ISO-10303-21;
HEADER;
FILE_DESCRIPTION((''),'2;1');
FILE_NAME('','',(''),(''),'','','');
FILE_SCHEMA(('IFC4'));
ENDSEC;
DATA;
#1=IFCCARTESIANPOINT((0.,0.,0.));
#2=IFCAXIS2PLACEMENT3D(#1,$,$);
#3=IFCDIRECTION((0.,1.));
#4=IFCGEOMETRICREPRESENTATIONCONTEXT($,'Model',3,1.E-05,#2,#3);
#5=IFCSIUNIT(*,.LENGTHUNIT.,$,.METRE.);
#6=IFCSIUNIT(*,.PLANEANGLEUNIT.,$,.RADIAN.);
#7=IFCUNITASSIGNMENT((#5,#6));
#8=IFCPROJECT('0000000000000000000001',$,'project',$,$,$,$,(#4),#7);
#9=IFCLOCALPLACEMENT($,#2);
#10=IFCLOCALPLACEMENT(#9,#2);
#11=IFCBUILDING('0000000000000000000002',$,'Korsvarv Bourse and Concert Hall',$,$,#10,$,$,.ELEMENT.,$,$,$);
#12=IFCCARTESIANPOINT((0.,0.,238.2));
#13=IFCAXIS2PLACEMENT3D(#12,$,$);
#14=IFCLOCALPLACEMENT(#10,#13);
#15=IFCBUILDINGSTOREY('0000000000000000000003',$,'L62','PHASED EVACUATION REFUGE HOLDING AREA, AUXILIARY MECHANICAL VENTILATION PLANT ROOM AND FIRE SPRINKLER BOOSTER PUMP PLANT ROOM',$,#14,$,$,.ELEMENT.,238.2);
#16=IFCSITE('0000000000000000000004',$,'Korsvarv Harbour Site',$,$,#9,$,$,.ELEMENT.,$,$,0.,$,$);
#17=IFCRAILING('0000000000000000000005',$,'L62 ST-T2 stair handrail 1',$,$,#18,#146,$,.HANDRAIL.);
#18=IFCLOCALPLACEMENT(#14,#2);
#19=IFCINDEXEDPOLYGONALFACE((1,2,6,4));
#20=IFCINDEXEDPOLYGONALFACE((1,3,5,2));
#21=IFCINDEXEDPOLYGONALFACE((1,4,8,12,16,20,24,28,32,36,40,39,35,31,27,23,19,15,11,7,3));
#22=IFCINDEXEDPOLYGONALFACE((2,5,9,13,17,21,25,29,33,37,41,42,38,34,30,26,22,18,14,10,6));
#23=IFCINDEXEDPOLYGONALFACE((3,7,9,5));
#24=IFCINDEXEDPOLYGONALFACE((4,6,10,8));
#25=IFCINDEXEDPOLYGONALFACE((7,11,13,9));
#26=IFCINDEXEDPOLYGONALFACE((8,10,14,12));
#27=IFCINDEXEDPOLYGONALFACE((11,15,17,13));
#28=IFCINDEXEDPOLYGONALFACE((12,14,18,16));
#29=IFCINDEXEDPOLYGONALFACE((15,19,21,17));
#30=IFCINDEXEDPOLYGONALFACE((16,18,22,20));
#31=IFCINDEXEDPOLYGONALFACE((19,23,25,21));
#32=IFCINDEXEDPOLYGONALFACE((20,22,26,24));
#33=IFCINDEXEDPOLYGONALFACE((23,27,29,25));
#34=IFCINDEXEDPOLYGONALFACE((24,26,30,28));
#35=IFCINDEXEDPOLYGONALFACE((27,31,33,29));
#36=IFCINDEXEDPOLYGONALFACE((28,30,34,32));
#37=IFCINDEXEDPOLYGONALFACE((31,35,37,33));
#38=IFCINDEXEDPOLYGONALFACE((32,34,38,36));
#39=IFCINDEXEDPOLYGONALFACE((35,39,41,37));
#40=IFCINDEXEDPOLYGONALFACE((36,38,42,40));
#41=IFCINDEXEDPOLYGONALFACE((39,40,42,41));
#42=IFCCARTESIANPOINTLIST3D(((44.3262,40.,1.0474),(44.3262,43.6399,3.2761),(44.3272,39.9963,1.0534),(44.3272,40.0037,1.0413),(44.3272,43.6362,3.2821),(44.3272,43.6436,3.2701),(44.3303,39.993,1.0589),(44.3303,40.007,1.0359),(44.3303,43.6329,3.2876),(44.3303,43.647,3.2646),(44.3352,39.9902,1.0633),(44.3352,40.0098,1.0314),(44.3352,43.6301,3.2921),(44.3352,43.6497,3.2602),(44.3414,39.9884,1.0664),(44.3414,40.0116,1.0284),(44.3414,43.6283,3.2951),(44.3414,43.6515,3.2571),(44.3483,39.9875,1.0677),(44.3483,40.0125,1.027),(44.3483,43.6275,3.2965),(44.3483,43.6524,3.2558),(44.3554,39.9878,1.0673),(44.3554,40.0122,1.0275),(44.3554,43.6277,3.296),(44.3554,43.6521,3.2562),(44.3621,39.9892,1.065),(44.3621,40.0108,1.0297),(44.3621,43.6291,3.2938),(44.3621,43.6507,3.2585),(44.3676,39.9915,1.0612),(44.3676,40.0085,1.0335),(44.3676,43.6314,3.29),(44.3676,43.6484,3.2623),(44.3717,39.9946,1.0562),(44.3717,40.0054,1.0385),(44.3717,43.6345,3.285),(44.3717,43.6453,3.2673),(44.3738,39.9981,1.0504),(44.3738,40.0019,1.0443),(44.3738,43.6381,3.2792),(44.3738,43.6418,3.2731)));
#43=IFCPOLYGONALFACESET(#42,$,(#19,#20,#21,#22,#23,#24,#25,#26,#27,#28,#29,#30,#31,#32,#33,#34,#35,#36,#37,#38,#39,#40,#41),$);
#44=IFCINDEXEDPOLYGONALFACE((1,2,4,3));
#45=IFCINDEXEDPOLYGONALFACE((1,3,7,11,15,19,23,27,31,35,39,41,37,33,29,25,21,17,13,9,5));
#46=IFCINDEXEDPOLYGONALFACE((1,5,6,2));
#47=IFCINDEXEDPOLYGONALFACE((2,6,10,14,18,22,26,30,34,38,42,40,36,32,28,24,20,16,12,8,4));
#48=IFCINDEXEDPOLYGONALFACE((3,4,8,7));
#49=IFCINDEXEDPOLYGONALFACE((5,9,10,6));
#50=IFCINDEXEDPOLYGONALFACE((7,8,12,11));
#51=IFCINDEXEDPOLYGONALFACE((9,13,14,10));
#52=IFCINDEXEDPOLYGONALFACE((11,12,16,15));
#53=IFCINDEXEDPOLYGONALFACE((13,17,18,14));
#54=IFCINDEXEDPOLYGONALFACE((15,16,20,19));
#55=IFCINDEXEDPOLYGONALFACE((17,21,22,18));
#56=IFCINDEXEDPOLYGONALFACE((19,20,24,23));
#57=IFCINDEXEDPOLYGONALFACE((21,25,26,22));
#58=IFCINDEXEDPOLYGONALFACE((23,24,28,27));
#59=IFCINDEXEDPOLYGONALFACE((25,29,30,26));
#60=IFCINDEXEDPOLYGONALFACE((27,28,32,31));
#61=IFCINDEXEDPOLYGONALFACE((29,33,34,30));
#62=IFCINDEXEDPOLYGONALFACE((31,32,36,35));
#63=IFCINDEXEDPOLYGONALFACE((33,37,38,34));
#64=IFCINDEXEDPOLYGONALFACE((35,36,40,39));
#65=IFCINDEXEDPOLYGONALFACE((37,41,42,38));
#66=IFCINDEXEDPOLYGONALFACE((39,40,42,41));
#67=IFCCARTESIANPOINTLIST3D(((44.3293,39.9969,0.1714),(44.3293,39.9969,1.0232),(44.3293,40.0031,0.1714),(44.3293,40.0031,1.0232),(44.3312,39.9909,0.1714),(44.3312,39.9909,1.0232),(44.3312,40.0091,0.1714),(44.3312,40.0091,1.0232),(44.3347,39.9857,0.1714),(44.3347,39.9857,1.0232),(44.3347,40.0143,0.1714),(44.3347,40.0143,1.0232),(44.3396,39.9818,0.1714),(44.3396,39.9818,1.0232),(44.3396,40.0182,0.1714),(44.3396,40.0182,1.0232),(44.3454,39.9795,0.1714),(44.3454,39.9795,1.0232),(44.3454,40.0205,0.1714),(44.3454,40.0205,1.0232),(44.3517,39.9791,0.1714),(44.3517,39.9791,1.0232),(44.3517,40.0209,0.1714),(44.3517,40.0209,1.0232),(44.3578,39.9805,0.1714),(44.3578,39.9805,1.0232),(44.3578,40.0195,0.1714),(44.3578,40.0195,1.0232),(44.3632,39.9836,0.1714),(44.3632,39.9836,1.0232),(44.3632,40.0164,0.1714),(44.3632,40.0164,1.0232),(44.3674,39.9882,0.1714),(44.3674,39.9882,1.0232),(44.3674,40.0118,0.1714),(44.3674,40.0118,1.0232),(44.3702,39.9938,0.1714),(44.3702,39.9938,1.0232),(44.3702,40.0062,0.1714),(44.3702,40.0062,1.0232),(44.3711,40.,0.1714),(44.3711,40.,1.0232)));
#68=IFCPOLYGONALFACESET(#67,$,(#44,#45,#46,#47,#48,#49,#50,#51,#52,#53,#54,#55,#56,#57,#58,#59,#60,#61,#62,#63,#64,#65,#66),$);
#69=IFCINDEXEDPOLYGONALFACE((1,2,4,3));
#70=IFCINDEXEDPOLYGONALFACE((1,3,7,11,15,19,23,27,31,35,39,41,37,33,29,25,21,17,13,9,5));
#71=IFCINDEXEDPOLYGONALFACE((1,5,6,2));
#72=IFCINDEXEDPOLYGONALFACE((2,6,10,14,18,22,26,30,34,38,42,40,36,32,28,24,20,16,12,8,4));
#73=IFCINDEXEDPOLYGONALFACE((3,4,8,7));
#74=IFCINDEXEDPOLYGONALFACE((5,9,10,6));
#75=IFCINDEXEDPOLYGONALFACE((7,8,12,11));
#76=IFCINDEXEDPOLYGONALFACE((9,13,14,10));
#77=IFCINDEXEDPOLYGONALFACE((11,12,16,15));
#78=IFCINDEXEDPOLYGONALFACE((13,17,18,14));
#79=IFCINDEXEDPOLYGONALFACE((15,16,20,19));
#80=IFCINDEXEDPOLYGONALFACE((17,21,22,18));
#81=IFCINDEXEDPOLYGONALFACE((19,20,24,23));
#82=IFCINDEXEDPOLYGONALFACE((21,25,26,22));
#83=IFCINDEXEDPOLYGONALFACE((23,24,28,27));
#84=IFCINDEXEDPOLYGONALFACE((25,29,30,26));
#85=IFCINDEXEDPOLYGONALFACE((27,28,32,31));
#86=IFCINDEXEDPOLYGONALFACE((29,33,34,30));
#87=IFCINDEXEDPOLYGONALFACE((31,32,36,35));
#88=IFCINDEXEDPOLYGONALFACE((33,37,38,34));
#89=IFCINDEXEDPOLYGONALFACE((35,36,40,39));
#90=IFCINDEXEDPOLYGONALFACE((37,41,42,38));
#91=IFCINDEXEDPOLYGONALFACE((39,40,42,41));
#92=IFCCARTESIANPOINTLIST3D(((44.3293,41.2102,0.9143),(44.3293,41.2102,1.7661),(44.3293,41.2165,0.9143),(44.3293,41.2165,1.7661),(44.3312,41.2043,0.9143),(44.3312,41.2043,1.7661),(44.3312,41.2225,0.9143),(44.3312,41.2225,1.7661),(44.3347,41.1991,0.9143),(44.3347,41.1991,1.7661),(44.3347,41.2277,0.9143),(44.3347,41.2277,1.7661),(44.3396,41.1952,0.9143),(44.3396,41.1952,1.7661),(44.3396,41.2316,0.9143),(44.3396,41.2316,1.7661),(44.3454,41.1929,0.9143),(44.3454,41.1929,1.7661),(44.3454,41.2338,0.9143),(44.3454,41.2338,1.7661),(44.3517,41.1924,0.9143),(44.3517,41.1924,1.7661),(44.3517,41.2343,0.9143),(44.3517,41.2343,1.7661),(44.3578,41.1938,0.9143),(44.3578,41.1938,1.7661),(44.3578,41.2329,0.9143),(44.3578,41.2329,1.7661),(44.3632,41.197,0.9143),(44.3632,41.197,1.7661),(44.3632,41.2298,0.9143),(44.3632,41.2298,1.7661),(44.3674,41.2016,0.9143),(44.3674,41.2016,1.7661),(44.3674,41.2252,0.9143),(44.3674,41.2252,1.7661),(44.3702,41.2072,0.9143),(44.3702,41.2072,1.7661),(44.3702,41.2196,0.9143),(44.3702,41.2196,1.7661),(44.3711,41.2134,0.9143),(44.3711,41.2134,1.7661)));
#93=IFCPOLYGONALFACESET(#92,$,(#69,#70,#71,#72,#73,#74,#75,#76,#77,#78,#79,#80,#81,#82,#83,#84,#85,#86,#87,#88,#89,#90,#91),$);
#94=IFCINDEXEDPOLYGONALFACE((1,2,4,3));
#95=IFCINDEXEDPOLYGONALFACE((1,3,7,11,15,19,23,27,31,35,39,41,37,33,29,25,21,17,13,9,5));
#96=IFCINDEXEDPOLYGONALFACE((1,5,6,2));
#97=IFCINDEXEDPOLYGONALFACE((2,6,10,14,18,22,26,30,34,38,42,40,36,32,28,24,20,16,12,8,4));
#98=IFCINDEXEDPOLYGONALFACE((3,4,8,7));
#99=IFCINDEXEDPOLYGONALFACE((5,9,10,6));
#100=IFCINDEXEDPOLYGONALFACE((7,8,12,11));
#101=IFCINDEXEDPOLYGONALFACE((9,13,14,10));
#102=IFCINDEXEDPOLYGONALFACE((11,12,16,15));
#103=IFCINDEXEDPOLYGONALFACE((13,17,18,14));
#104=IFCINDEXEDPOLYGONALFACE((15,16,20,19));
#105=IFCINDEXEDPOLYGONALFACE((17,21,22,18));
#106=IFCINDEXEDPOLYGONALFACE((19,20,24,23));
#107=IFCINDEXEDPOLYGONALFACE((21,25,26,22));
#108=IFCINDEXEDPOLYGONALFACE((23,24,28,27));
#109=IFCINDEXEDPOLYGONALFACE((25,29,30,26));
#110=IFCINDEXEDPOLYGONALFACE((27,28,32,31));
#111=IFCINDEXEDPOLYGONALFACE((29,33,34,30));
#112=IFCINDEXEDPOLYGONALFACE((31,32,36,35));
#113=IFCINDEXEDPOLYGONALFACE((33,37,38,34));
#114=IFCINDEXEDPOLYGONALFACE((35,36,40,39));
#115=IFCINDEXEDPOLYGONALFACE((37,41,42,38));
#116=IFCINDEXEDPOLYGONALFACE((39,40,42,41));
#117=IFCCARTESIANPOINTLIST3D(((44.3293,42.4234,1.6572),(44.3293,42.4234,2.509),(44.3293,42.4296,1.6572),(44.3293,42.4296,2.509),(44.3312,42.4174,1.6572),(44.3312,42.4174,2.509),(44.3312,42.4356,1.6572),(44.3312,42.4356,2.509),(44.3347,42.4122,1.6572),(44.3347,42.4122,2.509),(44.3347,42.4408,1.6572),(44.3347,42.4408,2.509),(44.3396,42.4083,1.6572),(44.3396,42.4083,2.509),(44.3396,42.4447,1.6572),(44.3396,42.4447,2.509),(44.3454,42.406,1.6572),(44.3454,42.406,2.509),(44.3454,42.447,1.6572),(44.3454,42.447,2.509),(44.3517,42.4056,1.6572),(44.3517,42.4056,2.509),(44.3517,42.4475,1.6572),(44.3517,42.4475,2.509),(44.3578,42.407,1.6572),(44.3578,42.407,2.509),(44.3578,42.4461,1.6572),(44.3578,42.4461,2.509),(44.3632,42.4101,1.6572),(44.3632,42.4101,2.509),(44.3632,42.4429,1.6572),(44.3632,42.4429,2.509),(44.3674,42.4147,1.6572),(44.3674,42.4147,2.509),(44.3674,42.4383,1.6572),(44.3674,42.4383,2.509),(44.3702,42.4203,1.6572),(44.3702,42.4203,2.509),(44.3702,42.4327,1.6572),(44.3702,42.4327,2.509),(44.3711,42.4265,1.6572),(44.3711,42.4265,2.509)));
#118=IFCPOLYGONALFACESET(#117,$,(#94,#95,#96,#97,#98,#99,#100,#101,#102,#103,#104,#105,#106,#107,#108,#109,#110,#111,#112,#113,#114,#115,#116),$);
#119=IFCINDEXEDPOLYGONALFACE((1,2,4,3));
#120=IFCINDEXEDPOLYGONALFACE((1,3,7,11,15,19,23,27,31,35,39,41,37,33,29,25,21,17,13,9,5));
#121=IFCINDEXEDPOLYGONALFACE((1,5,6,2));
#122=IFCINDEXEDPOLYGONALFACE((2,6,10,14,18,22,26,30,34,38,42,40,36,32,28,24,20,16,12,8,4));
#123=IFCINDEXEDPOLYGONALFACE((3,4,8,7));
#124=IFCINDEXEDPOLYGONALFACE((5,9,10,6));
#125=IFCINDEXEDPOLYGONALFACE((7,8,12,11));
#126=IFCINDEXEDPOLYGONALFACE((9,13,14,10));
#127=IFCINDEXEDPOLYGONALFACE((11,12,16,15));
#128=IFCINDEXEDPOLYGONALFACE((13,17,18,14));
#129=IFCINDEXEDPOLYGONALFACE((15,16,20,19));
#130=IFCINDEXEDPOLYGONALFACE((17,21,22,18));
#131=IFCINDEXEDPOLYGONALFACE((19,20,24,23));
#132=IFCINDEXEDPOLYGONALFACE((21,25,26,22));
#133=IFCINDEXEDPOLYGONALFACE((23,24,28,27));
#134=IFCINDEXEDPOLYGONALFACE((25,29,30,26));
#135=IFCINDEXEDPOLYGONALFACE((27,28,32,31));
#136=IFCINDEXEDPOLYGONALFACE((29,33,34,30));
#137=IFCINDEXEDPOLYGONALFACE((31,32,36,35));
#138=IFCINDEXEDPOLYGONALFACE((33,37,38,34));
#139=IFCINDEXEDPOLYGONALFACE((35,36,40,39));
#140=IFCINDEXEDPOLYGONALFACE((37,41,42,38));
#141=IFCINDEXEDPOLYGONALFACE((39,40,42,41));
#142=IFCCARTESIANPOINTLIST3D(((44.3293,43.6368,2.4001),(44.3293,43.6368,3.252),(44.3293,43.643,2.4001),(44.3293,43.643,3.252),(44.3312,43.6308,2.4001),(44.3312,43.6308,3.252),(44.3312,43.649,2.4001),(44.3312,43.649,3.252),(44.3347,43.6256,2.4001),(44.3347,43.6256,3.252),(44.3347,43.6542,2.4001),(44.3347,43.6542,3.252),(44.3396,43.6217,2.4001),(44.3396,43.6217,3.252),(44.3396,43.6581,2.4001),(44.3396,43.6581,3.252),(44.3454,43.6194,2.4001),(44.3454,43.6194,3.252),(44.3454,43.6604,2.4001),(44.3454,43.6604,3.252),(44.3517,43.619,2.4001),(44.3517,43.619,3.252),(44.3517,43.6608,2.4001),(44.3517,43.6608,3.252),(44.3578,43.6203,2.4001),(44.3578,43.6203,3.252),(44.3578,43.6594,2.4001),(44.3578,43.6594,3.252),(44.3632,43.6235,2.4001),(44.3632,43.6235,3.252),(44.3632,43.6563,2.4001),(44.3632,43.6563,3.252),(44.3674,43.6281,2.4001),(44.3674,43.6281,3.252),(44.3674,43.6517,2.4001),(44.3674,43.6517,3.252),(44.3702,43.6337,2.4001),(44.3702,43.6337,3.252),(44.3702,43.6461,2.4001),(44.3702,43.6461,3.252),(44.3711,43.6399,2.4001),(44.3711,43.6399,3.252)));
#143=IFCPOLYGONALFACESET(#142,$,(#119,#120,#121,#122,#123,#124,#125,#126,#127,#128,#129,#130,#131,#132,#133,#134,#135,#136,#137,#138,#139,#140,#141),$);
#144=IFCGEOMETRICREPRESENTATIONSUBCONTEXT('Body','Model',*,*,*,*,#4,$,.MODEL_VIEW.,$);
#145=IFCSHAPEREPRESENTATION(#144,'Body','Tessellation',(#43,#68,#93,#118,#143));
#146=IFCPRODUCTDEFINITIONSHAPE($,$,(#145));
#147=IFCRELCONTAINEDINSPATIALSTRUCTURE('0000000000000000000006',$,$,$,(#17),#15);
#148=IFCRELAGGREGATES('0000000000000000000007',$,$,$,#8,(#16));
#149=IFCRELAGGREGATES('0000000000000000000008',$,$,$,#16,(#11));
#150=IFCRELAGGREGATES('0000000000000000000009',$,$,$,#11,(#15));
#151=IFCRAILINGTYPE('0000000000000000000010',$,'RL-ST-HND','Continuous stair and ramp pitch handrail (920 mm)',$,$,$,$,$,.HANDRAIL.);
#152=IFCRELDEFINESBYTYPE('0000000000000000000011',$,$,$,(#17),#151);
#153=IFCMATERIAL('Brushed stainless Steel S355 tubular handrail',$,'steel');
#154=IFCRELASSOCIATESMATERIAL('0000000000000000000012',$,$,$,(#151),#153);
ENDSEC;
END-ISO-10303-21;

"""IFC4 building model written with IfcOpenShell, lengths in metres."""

from ifc_helpers import new_model, si_unit, direction, frame, origin, origin_2d, place, context, subcontext, project, spatial, circle, extrude, material, type_object, element, save


model = new_model("IFC4")

# Units and contexts
model_context = context("Model", 3, precision=1e-05, world=origin(), true_north=direction((0.0, 1.0)))
body_context = subcontext(model_context, "Body", "Model", "MODEL_VIEW")
ifc_project = project(units=[si_unit("LENGTHUNIT", "METRE"), si_unit("PLANEANGLEUNIT", "RADIAN")], contexts=[model_context])

# Site, building, storey
site_placement = place(None, origin())
site = spatial("IfcSite", under=ifc_project, at=site_placement, Name="Korsvarv Harbour Site", CompositionType="ELEMENT", RefElevation=0.0)
building_placement = place(site_placement, origin())
building = spatial("IfcBuilding", under=site, at=building_placement, Name="Korsvarv Bourse and Concert Hall", CompositionType="ELEMENT")
storey_placement = place(building_placement, frame((0.0, 0.0, 238.2)))
storey = spatial("IfcBuildingStorey", under=building, at=storey_placement, Name="L62", Description="PHASED EVACUATION REFUGE HOLDING AREA, AUXILIARY MECHANICAL VENTILATION PLANT ROOM AND FIRE SPRINKLER BOOSTER PUMP PLANT ROOM", CompositionType="ELEMENT", Elevation=238.2)

# Railing
ifc_material_1 = material(Name="Brushed stainless Steel S355 tubular handrail", Category="steel")
railing_type_1 = type_object("IfcRailingType", Name="RL-ST-HND", Description="Continuous stair and ramp pitch handrail (920 mm)", PredefinedType="HANDRAIL", material=ifc_material_1)
railing_1_placement = place(storey_placement, frame((44.3501, 40.0, 0.1714)))
element("IfcRailing", 1, at=railing_1_placement, inside=storey, type_object=railing_type_1, Name="L62 ST-T2 stair handrail 1", PredefinedType="HANDRAIL", context=body_context, shape_type="SweptSolid", body=[
    extrude(circle(Radius=0.0239, at=origin_2d()), frame((0.0, 0.0, 0.876), z_axis=(0.0, 0.852825, 0.522197), x_axis=(-1.0, 0.0, 0.0)), (0.0, 0.0, 1.0), 4.2681),
    extrude(circle(Radius=0.021, at=origin_2d()), origin(), (0.0, 0.0, 1.0), 0.8518),
    extrude(circle(Radius=0.021, at=origin_2d()), frame((0.0, 1.2134, 0.7429)), (0.0, 0.0, 1.0), 0.8518),
    extrude(circle(Radius=0.021, at=origin_2d()), frame((0.0, 2.4265, 1.4858)), (0.0, 0.0, 1.0), 0.8518),
    extrude(circle(Radius=0.021, at=origin_2d()), frame((0.0, 3.6399, 2.2288)), (0.0, 0.0, 1.0), 0.8518),
])

save(model, "model.ifc")
